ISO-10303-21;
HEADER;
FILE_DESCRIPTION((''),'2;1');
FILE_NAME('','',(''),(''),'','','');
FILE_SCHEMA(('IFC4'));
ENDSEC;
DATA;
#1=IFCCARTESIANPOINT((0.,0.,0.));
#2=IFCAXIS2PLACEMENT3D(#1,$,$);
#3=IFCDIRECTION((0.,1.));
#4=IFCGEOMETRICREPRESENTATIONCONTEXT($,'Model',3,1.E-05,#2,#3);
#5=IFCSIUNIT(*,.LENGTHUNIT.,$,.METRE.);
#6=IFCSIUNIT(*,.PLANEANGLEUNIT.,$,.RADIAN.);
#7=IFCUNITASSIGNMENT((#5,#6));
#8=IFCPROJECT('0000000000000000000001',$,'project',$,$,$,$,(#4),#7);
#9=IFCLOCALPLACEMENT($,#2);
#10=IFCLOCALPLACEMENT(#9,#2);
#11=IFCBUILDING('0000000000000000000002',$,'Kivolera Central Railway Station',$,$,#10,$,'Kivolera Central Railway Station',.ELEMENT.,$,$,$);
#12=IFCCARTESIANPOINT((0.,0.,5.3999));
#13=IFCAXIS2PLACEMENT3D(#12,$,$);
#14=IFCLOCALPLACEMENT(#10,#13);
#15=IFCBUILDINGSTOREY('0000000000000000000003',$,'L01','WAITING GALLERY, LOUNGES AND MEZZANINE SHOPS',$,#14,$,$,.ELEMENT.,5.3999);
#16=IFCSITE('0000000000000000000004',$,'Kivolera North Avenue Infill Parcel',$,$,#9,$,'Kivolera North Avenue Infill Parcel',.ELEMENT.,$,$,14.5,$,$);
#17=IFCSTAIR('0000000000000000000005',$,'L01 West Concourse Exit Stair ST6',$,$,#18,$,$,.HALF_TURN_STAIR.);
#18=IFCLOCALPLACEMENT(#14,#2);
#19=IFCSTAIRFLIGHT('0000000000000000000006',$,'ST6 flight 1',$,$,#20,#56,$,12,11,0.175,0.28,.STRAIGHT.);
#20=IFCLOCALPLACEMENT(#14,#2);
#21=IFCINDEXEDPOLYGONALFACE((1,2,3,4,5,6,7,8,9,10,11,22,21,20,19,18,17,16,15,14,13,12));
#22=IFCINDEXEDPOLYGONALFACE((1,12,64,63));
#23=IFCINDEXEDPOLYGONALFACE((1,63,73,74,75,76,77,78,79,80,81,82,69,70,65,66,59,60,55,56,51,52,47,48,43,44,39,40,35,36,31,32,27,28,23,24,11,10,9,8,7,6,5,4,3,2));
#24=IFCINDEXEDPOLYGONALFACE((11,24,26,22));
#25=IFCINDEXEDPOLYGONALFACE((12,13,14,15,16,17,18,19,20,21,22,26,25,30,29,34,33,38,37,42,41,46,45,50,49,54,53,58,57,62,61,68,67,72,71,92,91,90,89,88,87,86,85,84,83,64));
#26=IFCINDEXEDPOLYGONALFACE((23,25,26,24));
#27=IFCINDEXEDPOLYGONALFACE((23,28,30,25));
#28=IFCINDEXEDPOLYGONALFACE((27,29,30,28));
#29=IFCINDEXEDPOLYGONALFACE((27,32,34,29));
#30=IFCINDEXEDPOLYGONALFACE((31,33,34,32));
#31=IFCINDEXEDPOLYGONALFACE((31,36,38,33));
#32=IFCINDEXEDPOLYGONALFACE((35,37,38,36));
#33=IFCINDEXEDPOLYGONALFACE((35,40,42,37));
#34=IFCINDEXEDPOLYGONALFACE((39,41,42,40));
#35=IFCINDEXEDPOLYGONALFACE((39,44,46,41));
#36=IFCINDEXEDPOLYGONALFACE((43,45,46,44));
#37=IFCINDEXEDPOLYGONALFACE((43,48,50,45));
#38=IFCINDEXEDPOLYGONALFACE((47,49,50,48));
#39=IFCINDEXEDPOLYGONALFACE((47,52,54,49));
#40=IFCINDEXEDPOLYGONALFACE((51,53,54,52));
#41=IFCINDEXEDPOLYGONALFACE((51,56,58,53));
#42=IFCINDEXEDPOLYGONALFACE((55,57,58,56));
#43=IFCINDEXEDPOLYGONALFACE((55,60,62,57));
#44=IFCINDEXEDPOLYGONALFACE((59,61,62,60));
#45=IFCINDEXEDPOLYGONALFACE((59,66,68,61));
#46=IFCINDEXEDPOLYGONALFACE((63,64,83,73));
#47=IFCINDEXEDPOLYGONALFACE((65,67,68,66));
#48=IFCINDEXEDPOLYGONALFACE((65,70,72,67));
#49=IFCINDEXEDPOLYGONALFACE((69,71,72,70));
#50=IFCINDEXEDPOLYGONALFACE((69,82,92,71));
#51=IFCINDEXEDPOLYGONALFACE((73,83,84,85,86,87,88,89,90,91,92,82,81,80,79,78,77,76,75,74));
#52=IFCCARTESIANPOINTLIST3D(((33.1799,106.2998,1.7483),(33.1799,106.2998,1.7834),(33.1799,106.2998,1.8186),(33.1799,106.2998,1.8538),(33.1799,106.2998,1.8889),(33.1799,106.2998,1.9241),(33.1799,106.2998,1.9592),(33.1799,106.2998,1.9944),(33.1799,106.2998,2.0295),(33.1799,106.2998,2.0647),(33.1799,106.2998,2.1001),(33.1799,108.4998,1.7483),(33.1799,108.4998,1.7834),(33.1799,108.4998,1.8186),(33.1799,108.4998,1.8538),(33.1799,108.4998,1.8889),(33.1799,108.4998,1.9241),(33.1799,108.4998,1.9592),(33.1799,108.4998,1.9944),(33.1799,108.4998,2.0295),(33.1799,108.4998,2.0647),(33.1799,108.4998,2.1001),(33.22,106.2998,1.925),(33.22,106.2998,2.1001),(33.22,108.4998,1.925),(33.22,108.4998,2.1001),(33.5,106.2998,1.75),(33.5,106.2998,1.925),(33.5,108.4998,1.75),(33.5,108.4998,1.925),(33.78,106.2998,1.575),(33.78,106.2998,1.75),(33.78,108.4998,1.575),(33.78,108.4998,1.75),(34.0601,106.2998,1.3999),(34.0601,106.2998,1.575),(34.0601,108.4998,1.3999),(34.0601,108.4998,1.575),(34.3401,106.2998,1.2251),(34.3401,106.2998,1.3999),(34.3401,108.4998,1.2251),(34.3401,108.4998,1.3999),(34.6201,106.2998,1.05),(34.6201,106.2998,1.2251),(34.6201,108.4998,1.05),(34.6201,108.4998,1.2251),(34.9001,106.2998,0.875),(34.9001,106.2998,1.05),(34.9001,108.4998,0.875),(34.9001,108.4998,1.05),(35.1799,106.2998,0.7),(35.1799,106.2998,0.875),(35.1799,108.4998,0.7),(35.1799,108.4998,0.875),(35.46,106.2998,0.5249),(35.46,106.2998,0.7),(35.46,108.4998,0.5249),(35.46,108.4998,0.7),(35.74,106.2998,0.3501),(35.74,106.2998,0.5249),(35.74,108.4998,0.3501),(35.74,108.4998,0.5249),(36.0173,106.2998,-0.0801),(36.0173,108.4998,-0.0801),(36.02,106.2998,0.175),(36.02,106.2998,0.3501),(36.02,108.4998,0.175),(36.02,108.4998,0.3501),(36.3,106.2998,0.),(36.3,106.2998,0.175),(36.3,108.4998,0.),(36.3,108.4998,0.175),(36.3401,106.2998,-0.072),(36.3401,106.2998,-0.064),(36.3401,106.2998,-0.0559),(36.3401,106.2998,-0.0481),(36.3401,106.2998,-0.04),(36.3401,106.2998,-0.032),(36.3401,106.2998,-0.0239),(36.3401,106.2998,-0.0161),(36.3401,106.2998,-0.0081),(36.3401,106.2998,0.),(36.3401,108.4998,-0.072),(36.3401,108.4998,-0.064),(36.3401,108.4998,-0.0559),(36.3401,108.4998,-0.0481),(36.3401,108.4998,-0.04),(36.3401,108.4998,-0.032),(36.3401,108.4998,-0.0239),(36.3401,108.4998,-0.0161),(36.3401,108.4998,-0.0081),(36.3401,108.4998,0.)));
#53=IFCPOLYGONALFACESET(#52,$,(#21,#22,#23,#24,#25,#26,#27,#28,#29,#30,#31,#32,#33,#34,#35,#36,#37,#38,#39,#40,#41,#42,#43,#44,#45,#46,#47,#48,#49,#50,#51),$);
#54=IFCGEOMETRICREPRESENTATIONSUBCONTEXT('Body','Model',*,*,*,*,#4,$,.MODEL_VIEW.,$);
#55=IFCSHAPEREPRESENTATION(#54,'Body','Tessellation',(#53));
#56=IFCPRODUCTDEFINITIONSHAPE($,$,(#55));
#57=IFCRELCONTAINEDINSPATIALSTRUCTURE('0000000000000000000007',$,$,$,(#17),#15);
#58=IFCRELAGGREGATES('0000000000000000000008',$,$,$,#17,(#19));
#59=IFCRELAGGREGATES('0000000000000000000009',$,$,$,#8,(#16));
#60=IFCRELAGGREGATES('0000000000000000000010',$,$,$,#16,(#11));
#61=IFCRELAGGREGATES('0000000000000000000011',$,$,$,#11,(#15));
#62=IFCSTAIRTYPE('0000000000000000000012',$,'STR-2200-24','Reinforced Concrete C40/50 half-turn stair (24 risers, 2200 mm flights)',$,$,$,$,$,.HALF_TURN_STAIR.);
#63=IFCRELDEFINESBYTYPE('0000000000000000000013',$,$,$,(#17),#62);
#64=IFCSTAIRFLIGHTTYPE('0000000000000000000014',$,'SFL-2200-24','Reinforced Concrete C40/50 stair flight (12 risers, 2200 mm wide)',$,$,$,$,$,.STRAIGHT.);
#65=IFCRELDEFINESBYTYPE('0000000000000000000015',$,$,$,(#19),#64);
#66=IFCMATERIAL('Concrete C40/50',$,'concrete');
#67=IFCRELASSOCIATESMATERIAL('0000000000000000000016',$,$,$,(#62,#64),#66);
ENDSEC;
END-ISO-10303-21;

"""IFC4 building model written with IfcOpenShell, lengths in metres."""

from ifc_helpers import new_model, si_unit, direction, frame, origin, place, context, subcontext, project, spatial, polyline, outline, extrude, material, type_object, element, aggregate, save


model = new_model("IFC4")

# Units and contexts
model_context = context("Model", 3, precision=1e-05, world=origin(), true_north=direction((0.0, 1.0)))
body_context = subcontext(model_context, "Body", "Model", "MODEL_VIEW")
ifc_project = project(units=[si_unit("LENGTHUNIT", "METRE"), si_unit("PLANEANGLEUNIT", "RADIAN")], contexts=[model_context])

# Site, building, storey
site_placement = place(None, origin())
site = spatial("IfcSite", under=ifc_project, at=site_placement, Name="Kivolera North Avenue Infill Parcel", LongName="Kivolera North Avenue Infill Parcel", CompositionType="ELEMENT", RefElevation=14.5)
building_placement = place(site_placement, origin())
building = spatial("IfcBuilding", under=site, at=building_placement, Name="Kivolera Central Railway Station", LongName="Kivolera Central Railway Station", CompositionType="ELEMENT")
storey_placement = place(building_placement, frame((0.0, 0.0, 5.3999)))
storey = spatial("IfcBuildingStorey", under=building, at=storey_placement, Name="L01", Description="WAITING GALLERY, LOUNGES AND MEZZANINE SHOPS", CompositionType="ELEMENT", Elevation=5.3999)

# Shared definitions
ifc_material_1 = material(Name="Concrete C40/50", Category="concrete")

# Stair, stair flight
stair_type = type_object("IfcStairType", Name="STR-2200-24", Description="Reinforced Concrete C40/50 half-turn stair (24 risers, 2200 mm flights)", PredefinedType="HALF_TURN_STAIR", material=ifc_material_1)
stair_placement = place(storey_placement, origin())
stair = element("IfcStair", 1, at=stair_placement, inside=storey, type_object=stair_type, Name="L01 West Concourse Exit Stair ST6", PredefinedType="HALF_TURN_STAIR")
stair_flight_type = type_object("IfcStairFlightType", Name="SFL-2200-24", Description="Reinforced Concrete C40/50 stair flight (12 risers, 2200 mm wide)", PredefinedType="STRAIGHT", material=ifc_material_1)
stair_flight_placement = place(storey_placement, frame((36.3, 107.3999, 0.0), z_axis=(0.0, 0.0, 1.0), x_axis=(-1.0, 0.0, 0.0)))
stair_flight = element("IfcStairFlight", 2, at=stair_flight_placement, type_object=stair_flight_type, Name="ST6 flight 1", NumberOfRisers=12, NumberOfTreads=11, PredefinedType="STRAIGHT", RiserHeight=0.175, TreadLength=0.28, context=body_context, shape_type="SweptSolid", body=[
    extrude(outline(polyline([(-0.04, 0.0), (0.0, 0.0), (0.0, 0.175), (0.28, 0.175), (0.28, 0.3501), (0.5601, 0.3501), (0.5601, 0.5249), (0.8401, 0.5249), (0.8401, 0.7), (1.1201, 0.7), (1.1201, 0.875), (1.3999, 0.875), (1.3999, 1.05), (1.6799, 1.05), (1.6799, 1.2251), (1.96, 1.2251), (1.96, 1.3999), (2.24, 1.3999), (2.24, 1.575), (2.52, 1.575), (2.52, 1.75), (2.8, 1.75), (2.8, 1.925), (3.0801, 1.925), (3.0801, 2.1001), (3.1201, 2.1001), (3.1201, 2.0647), (3.1201, 2.0295), (3.1201, 1.9944), (3.1201, 1.9592), (3.1201, 1.9241), (3.1201, 1.8889), (3.1201, 1.8538), (3.1201, 1.8186), (3.1201, 1.7834), (3.1201, 1.7483), (0.2827, -0.0801), (-0.04, -0.072), (-0.04, -0.064), (-0.04, -0.0559), (-0.04, -0.0481), (-0.04, -0.04), (-0.04, -0.032), (-0.04, -0.0239), (-0.04, -0.0161), (-0.04, -0.0081), (-0.04, 0.0)])), frame((0.0, 1.1001, 0.0), z_axis=(0.0, -1.0, 0.0), x_axis=(1.0, 0.0, 0.0)), (0.0, 0.0, 1.0), 2.2),
])
aggregate(stair, [stair_flight])

save(model, "model.ifc")
